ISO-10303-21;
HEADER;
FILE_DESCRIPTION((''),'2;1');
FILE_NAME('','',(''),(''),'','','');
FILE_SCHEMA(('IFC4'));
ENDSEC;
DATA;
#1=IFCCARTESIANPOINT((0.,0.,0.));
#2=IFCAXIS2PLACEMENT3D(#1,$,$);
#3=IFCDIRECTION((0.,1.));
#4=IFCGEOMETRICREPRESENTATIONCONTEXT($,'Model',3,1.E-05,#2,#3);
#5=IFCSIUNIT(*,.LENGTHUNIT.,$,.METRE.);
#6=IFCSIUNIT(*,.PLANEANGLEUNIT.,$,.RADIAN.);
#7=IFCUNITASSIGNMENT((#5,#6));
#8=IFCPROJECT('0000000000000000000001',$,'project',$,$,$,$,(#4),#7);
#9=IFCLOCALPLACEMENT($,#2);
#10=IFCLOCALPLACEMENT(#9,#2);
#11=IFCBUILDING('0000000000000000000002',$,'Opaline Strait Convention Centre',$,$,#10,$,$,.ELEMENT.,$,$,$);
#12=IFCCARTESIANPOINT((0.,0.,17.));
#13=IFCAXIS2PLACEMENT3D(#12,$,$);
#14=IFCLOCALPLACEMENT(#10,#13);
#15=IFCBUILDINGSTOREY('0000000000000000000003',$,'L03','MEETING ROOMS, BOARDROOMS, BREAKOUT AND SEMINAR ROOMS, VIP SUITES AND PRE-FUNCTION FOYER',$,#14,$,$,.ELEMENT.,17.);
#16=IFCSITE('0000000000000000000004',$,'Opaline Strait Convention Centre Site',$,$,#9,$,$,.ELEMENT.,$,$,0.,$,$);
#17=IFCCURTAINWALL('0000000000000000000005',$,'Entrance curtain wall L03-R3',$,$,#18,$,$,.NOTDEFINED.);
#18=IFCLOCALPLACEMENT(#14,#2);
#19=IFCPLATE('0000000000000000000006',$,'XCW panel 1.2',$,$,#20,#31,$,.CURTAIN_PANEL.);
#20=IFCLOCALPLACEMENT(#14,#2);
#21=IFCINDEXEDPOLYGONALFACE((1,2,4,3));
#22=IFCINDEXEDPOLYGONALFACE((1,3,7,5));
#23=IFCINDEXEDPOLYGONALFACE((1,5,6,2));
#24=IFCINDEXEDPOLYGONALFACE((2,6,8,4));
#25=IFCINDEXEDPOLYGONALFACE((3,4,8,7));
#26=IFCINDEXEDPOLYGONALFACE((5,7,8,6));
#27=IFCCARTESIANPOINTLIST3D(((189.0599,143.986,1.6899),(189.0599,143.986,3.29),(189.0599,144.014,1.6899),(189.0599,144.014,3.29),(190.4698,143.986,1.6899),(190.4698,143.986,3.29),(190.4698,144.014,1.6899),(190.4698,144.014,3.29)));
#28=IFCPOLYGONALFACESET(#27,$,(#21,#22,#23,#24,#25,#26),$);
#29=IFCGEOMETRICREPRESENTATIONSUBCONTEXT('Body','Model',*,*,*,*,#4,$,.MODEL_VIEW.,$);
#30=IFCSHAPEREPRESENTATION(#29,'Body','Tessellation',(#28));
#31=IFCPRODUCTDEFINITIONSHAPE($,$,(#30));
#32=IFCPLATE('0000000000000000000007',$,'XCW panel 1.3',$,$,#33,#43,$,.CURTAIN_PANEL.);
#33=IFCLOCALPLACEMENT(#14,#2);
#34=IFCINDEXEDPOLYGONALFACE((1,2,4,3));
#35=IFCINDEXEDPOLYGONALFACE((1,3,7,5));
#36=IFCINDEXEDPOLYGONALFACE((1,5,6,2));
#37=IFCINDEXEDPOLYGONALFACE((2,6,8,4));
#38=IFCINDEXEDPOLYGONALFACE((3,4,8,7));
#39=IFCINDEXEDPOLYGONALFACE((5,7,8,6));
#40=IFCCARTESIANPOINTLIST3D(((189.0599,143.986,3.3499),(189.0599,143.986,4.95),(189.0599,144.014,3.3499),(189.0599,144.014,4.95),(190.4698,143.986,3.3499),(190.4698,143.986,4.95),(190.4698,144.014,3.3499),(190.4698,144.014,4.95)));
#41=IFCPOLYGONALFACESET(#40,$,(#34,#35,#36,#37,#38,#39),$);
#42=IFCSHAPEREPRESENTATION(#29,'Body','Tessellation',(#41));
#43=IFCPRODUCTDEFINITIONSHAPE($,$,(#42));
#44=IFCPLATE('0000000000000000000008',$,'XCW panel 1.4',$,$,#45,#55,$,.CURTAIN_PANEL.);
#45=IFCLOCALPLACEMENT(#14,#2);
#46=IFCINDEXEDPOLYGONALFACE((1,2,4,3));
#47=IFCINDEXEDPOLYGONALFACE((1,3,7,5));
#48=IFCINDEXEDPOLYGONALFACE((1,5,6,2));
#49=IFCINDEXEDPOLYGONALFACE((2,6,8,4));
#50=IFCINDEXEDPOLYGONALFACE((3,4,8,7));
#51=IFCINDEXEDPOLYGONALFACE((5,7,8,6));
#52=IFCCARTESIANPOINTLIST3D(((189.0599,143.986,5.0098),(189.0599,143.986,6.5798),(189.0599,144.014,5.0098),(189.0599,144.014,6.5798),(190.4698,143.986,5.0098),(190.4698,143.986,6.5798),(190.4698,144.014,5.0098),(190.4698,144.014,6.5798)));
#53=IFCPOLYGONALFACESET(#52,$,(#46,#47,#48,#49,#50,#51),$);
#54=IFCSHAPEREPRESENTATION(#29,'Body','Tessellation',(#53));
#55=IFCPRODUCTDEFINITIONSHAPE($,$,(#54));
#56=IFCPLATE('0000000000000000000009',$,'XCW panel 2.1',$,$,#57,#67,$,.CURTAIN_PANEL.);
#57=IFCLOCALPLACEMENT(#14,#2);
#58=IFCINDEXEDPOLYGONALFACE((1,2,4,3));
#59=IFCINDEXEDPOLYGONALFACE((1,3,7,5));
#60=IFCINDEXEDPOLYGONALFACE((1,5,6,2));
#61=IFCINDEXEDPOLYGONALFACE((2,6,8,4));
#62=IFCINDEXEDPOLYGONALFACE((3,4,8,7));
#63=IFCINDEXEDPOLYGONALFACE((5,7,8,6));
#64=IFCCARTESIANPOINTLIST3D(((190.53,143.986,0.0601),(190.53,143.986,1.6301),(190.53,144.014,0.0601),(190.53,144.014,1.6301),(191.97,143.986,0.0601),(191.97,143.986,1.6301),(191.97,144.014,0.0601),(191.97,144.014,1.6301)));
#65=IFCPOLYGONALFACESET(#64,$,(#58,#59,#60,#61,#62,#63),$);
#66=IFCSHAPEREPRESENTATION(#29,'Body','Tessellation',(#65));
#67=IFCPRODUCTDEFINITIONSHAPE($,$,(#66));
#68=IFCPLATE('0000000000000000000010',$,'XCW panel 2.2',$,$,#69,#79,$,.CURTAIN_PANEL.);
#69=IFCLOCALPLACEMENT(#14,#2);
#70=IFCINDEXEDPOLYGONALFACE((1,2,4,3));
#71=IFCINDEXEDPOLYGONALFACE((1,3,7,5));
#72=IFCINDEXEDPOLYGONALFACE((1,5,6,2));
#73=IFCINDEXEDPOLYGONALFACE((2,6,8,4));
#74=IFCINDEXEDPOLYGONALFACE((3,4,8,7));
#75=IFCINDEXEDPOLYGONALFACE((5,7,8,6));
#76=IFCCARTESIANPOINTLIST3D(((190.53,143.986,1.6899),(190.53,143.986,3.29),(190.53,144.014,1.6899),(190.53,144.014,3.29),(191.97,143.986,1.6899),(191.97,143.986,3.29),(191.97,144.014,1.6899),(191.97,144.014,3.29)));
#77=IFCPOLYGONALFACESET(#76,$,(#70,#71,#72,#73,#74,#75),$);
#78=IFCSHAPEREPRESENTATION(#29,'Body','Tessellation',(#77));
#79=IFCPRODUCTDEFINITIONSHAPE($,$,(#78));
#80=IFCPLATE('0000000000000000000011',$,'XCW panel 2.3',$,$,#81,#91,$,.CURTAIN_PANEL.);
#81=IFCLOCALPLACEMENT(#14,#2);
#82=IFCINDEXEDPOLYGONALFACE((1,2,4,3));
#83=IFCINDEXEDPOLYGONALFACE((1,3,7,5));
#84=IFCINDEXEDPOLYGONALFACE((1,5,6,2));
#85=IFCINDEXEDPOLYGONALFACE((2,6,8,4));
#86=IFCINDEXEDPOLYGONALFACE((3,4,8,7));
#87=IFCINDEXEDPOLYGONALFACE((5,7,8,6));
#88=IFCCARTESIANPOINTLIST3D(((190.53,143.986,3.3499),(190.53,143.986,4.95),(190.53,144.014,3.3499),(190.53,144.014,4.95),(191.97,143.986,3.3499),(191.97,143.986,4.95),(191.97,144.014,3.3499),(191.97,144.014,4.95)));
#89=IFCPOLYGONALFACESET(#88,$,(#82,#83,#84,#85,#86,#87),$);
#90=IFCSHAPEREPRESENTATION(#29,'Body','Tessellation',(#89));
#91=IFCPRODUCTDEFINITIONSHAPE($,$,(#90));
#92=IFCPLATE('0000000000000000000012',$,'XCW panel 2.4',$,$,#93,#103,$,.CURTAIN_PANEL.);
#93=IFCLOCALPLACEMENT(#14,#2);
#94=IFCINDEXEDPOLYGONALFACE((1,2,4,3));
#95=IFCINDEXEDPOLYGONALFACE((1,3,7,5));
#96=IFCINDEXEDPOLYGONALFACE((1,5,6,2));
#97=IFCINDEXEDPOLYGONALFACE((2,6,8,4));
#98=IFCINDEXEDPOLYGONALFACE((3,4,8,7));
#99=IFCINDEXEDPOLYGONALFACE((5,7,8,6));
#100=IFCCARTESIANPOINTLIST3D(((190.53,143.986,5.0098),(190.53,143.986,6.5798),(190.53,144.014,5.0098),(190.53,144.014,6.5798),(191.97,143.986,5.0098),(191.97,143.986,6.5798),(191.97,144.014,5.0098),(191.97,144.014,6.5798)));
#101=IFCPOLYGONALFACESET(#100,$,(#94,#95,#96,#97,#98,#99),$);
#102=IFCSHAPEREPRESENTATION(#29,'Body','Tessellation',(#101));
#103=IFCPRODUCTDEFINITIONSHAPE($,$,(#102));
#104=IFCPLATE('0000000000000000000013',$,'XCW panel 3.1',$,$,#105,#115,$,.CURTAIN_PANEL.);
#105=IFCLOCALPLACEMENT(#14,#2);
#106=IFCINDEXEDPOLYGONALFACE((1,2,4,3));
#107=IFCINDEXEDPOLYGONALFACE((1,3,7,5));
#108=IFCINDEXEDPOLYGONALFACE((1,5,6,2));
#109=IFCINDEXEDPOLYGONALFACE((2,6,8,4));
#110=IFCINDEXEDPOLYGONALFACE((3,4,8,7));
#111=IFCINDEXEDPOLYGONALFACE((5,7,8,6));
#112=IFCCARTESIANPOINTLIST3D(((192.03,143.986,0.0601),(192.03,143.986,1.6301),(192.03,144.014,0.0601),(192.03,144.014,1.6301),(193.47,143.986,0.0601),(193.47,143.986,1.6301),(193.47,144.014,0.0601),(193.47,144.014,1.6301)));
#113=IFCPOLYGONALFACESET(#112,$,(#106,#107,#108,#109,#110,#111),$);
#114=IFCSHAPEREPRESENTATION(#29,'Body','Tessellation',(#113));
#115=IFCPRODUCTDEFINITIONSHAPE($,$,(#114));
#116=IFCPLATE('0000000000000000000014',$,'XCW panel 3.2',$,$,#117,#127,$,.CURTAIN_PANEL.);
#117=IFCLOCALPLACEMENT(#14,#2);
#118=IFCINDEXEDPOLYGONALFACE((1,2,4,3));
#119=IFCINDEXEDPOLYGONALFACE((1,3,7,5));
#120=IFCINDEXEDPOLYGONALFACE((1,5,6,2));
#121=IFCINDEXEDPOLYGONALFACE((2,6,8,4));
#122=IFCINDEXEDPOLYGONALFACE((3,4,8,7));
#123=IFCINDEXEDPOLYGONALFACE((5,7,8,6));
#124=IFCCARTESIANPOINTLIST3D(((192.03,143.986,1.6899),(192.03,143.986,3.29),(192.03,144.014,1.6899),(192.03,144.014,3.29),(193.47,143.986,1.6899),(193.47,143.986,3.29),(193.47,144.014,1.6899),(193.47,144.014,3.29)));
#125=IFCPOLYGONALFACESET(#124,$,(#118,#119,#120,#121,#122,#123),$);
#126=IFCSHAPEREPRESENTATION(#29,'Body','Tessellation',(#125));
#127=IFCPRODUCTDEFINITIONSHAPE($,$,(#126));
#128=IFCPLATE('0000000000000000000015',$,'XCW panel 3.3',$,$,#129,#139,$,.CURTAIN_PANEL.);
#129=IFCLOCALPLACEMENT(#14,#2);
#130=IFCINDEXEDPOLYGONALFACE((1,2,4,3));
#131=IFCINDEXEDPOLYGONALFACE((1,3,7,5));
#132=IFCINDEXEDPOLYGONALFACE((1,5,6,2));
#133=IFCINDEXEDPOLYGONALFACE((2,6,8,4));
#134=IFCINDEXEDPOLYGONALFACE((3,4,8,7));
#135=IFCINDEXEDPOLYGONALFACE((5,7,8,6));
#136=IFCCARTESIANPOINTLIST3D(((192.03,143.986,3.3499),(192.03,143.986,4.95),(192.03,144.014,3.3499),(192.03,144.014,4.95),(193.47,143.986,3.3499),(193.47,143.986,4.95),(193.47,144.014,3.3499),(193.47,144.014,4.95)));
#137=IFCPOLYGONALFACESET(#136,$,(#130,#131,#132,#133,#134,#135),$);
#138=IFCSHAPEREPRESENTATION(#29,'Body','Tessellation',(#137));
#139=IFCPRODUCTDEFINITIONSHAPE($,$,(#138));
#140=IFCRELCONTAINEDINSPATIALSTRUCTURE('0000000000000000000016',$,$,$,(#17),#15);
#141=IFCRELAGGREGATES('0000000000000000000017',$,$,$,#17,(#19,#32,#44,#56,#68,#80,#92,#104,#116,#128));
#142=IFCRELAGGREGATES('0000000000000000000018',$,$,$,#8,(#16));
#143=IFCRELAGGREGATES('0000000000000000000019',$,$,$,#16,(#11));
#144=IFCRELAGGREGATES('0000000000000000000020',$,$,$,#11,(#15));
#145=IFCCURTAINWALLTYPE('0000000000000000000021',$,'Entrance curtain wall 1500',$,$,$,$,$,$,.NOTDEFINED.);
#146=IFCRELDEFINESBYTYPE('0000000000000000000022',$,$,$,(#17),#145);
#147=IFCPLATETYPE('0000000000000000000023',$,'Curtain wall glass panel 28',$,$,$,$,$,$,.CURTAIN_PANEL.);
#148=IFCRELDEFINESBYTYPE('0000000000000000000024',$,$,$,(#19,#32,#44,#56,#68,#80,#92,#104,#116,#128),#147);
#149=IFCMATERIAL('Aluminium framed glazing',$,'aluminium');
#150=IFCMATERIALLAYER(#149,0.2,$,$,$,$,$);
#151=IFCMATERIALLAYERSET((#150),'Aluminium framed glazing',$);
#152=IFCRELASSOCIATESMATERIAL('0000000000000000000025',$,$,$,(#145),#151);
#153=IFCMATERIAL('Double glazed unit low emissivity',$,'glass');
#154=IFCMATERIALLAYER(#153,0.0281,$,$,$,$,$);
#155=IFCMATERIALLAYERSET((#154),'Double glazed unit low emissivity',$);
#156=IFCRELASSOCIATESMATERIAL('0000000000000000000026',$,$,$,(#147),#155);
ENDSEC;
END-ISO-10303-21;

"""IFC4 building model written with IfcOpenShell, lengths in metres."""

from ifc_helpers import new_model, si_unit, direction, frame, origin, origin_2d, place, context, subcontext, project, spatial, rectangle, extrude, material, layer, layer_set, type_object, element, aggregate, save


model = new_model("IFC4")

# Units and contexts
model_context = context("Model", 3, precision=1e-05, world=origin(), true_north=direction((0.0, 1.0)))
body_context = subcontext(model_context, "Body", "Model", "MODEL_VIEW")
ifc_project = project(units=[si_unit("LENGTHUNIT", "METRE"), si_unit("PLANEANGLEUNIT", "RADIAN")], contexts=[model_context])

# Site, building, storey
site_placement = place(None, origin())
site = spatial("IfcSite", under=ifc_project, at=site_placement, Name="Opaline Strait Convention Centre Site", CompositionType="ELEMENT", RefElevation=0.0)
building_placement = place(site_placement, origin())
building = spatial("IfcBuilding", under=site, at=building_placement, Name="Opaline Strait Convention Centre", CompositionType="ELEMENT")
storey_placement = place(building_placement, frame((0.0, 0.0, 17.0)))
storey = spatial("IfcBuildingStorey", under=building, at=storey_placement, Name="L03", Description="MEETING ROOMS, BOARDROOMS, BREAKOUT AND SEMINAR ROOMS, VIP SUITES AND PRE-FUNCTION FOYER", CompositionType="ELEMENT", Elevation=17.0)

# Shared definitions
ifc_material_1 = material(Name="Aluminium framed glazing", Category="aluminium")
ifc_layer_1 = layer(ifc_material_1, 0.2)
ifc_layer_set_1 = layer_set([ifc_layer_1], Name="Aluminium framed glazing")
curtain_wall_type = type_object("IfcCurtainWallType", Name="Entrance curtain wall 1500", PredefinedType="NOTDEFINED", material=ifc_layer_set_1)

# Curtain wall
curtain_wall_1_placement = place(storey_placement, origin())
curtain_wall_1 = element("IfcCurtainWall", 1, at=curtain_wall_1_placement, inside=storey, type_object=curtain_wall_type, Name="Entrance curtain wall L03-R3", PredefinedType="NOTDEFINED")

# Plates
ifc_material_2 = material(Name="Double glazed unit low emissivity", Category="glass")
ifc_layer_2 = layer(ifc_material_2, 0.0281)
ifc_layer_set_2 = layer_set([ifc_layer_2], Name="Double glazed unit low emissivity")
plate_type = type_object("IfcPlateType", Name="Curtain wall glass panel 28", PredefinedType="CURTAIN_PANEL", material=ifc_layer_set_2)
plate_1_placement = place(storey_placement, frame((189.7649, 144.0, 1.6899), z_axis=(0.0, 0.0, 1.0), x_axis=(1.0, 0.0, 0.0)))
plate_1 = element("IfcPlate", 2, at=plate_1_placement, type_object=plate_type, Name="XCW panel 1.2", PredefinedType="CURTAIN_PANEL", context=body_context, shape_type="SweptSolid", body=[
    extrude(rectangle(XDim=1.4099, YDim=0.0281, at=origin_2d()), origin(), (0.0, 0.0, 1.0), 1.6001),
])
plate_2_placement = place(storey_placement, frame((189.7649, 144.0, 3.3499), z_axis=(0.0, 0.0, 1.0), x_axis=(1.0, 0.0, 0.0)))
plate_2 = element("IfcPlate", 3, at=plate_2_placement, type_object=plate_type, Name="XCW panel 1.3", PredefinedType="CURTAIN_PANEL", context=body_context, shape_type="SweptSolid", body=[
    extrude(rectangle(XDim=1.4099, YDim=0.0281, at=origin_2d()), origin(), (0.0, 0.0, 1.0), 1.6001),
])
plate_3_placement = place(storey_placement, frame((189.7649, 144.0, 5.0098), z_axis=(0.0, 0.0, 1.0), x_axis=(1.0, 0.0, 0.0)))
plate_3 = element("IfcPlate", 4, at=plate_3_placement, type_object=plate_type, Name="XCW panel 1.4", PredefinedType="CURTAIN_PANEL", context=body_context, shape_type="SweptSolid", body=[
    extrude(rectangle(XDim=1.4099, YDim=0.0281, at=origin_2d()), origin(), (0.0, 0.0, 1.0), 1.5701),
])
plate_4_placement = place(storey_placement, frame((191.25, 144.0, 0.0601), z_axis=(0.0, 0.0, 1.0), x_axis=(1.0, 0.0, 0.0)))
plate_4 = element("IfcPlate", 5, at=plate_4_placement, type_object=plate_type, Name="XCW panel 2.1", PredefinedType="CURTAIN_PANEL", context=body_context, shape_type="SweptSolid", body=[
    extrude(rectangle(XDim=1.4399, YDim=0.0281, at=origin_2d()), origin(), (0.0, 0.0, 1.0), 1.5701),
])
plate_5_placement = place(storey_placement, frame((191.25, 144.0, 1.6899), z_axis=(0.0, 0.0, 1.0), x_axis=(1.0, 0.0, 0.0)))
plate_5 = element("IfcPlate", 6, at=plate_5_placement, type_object=plate_type, Name="XCW panel 2.2", PredefinedType="CURTAIN_PANEL", context=body_context, shape_type="SweptSolid", body=[
    extrude(rectangle(XDim=1.4399, YDim=0.0281, at=origin_2d()), origin(), (0.0, 0.0, 1.0), 1.6001),
])
plate_6_placement = place(storey_placement, frame((191.25, 144.0, 3.3499), z_axis=(0.0, 0.0, 1.0), x_axis=(1.0, 0.0, 0.0)))
plate_6 = element("IfcPlate", 7, at=plate_6_placement, type_object=plate_type, Name="XCW panel 2.3", PredefinedType="CURTAIN_PANEL", context=body_context, shape_type="SweptSolid", body=[
    extrude(rectangle(XDim=1.4399, YDim=0.0281, at=origin_2d()), origin(), (0.0, 0.0, 1.0), 1.6001),
])
plate_7_placement = place(storey_placement, frame((191.25, 144.0, 5.0098), z_axis=(0.0, 0.0, 1.0), x_axis=(1.0, 0.0, 0.0)))
plate_7 = element("IfcPlate", 8, at=plate_7_placement, type_object=plate_type, Name="XCW panel 2.4", PredefinedType="CURTAIN_PANEL", context=body_context, shape_type="SweptSolid", body=[
    extrude(rectangle(XDim=1.4399, YDim=0.0281, at=origin_2d()), origin(), (0.0, 0.0, 1.0), 1.5701),
])
plate_8_placement = place(storey_placement, frame((192.75, 144.0, 0.0601), z_axis=(0.0, 0.0, 1.0), x_axis=(1.0, 0.0, 0.0)))
plate_8 = element("IfcPlate", 9, at=plate_8_placement, type_object=plate_type, Name="XCW panel 3.1", PredefinedType="CURTAIN_PANEL", context=body_context, shape_type="SweptSolid", body=[
    extrude(rectangle(XDim=1.4399, YDim=0.0281, at=origin_2d()), origin(), (0.0, 0.0, 1.0), 1.5701),
])
plate_9_placement = place(storey_placement, frame((192.75, 144.0, 1.6899), z_axis=(0.0, 0.0, 1.0), x_axis=(1.0, 0.0, 0.0)))
plate_9 = element("IfcPlate", 10, at=plate_9_placement, type_object=plate_type, Name="XCW panel 3.2", PredefinedType="CURTAIN_PANEL", context=body_context, shape_type="SweptSolid", body=[
    extrude(rectangle(XDim=1.4399, YDim=0.0281, at=origin_2d()), origin(), (0.0, 0.0, 1.0), 1.6001),
])
plate_10_placement = place(storey_placement, frame((192.75, 144.0, 3.3499), z_axis=(0.0, 0.0, 1.0), x_axis=(1.0, 0.0, 0.0)))
plate_10 = element("IfcPlate", 11, at=plate_10_placement, type_object=plate_type, Name="XCW panel 3.3", PredefinedType="CURTAIN_PANEL", context=body_context, shape_type="SweptSolid", body=[
    extrude(rectangle(XDim=1.4399, YDim=0.0281, at=origin_2d()), origin(), (0.0, 0.0, 1.0), 1.6001),
])
aggregate(curtain_wall_1, [plate_1, plate_2, plate_3, plate_4, plate_5, plate_6, plate_7, plate_8, plate_9, plate_10])

save(model, "model.ifc")
